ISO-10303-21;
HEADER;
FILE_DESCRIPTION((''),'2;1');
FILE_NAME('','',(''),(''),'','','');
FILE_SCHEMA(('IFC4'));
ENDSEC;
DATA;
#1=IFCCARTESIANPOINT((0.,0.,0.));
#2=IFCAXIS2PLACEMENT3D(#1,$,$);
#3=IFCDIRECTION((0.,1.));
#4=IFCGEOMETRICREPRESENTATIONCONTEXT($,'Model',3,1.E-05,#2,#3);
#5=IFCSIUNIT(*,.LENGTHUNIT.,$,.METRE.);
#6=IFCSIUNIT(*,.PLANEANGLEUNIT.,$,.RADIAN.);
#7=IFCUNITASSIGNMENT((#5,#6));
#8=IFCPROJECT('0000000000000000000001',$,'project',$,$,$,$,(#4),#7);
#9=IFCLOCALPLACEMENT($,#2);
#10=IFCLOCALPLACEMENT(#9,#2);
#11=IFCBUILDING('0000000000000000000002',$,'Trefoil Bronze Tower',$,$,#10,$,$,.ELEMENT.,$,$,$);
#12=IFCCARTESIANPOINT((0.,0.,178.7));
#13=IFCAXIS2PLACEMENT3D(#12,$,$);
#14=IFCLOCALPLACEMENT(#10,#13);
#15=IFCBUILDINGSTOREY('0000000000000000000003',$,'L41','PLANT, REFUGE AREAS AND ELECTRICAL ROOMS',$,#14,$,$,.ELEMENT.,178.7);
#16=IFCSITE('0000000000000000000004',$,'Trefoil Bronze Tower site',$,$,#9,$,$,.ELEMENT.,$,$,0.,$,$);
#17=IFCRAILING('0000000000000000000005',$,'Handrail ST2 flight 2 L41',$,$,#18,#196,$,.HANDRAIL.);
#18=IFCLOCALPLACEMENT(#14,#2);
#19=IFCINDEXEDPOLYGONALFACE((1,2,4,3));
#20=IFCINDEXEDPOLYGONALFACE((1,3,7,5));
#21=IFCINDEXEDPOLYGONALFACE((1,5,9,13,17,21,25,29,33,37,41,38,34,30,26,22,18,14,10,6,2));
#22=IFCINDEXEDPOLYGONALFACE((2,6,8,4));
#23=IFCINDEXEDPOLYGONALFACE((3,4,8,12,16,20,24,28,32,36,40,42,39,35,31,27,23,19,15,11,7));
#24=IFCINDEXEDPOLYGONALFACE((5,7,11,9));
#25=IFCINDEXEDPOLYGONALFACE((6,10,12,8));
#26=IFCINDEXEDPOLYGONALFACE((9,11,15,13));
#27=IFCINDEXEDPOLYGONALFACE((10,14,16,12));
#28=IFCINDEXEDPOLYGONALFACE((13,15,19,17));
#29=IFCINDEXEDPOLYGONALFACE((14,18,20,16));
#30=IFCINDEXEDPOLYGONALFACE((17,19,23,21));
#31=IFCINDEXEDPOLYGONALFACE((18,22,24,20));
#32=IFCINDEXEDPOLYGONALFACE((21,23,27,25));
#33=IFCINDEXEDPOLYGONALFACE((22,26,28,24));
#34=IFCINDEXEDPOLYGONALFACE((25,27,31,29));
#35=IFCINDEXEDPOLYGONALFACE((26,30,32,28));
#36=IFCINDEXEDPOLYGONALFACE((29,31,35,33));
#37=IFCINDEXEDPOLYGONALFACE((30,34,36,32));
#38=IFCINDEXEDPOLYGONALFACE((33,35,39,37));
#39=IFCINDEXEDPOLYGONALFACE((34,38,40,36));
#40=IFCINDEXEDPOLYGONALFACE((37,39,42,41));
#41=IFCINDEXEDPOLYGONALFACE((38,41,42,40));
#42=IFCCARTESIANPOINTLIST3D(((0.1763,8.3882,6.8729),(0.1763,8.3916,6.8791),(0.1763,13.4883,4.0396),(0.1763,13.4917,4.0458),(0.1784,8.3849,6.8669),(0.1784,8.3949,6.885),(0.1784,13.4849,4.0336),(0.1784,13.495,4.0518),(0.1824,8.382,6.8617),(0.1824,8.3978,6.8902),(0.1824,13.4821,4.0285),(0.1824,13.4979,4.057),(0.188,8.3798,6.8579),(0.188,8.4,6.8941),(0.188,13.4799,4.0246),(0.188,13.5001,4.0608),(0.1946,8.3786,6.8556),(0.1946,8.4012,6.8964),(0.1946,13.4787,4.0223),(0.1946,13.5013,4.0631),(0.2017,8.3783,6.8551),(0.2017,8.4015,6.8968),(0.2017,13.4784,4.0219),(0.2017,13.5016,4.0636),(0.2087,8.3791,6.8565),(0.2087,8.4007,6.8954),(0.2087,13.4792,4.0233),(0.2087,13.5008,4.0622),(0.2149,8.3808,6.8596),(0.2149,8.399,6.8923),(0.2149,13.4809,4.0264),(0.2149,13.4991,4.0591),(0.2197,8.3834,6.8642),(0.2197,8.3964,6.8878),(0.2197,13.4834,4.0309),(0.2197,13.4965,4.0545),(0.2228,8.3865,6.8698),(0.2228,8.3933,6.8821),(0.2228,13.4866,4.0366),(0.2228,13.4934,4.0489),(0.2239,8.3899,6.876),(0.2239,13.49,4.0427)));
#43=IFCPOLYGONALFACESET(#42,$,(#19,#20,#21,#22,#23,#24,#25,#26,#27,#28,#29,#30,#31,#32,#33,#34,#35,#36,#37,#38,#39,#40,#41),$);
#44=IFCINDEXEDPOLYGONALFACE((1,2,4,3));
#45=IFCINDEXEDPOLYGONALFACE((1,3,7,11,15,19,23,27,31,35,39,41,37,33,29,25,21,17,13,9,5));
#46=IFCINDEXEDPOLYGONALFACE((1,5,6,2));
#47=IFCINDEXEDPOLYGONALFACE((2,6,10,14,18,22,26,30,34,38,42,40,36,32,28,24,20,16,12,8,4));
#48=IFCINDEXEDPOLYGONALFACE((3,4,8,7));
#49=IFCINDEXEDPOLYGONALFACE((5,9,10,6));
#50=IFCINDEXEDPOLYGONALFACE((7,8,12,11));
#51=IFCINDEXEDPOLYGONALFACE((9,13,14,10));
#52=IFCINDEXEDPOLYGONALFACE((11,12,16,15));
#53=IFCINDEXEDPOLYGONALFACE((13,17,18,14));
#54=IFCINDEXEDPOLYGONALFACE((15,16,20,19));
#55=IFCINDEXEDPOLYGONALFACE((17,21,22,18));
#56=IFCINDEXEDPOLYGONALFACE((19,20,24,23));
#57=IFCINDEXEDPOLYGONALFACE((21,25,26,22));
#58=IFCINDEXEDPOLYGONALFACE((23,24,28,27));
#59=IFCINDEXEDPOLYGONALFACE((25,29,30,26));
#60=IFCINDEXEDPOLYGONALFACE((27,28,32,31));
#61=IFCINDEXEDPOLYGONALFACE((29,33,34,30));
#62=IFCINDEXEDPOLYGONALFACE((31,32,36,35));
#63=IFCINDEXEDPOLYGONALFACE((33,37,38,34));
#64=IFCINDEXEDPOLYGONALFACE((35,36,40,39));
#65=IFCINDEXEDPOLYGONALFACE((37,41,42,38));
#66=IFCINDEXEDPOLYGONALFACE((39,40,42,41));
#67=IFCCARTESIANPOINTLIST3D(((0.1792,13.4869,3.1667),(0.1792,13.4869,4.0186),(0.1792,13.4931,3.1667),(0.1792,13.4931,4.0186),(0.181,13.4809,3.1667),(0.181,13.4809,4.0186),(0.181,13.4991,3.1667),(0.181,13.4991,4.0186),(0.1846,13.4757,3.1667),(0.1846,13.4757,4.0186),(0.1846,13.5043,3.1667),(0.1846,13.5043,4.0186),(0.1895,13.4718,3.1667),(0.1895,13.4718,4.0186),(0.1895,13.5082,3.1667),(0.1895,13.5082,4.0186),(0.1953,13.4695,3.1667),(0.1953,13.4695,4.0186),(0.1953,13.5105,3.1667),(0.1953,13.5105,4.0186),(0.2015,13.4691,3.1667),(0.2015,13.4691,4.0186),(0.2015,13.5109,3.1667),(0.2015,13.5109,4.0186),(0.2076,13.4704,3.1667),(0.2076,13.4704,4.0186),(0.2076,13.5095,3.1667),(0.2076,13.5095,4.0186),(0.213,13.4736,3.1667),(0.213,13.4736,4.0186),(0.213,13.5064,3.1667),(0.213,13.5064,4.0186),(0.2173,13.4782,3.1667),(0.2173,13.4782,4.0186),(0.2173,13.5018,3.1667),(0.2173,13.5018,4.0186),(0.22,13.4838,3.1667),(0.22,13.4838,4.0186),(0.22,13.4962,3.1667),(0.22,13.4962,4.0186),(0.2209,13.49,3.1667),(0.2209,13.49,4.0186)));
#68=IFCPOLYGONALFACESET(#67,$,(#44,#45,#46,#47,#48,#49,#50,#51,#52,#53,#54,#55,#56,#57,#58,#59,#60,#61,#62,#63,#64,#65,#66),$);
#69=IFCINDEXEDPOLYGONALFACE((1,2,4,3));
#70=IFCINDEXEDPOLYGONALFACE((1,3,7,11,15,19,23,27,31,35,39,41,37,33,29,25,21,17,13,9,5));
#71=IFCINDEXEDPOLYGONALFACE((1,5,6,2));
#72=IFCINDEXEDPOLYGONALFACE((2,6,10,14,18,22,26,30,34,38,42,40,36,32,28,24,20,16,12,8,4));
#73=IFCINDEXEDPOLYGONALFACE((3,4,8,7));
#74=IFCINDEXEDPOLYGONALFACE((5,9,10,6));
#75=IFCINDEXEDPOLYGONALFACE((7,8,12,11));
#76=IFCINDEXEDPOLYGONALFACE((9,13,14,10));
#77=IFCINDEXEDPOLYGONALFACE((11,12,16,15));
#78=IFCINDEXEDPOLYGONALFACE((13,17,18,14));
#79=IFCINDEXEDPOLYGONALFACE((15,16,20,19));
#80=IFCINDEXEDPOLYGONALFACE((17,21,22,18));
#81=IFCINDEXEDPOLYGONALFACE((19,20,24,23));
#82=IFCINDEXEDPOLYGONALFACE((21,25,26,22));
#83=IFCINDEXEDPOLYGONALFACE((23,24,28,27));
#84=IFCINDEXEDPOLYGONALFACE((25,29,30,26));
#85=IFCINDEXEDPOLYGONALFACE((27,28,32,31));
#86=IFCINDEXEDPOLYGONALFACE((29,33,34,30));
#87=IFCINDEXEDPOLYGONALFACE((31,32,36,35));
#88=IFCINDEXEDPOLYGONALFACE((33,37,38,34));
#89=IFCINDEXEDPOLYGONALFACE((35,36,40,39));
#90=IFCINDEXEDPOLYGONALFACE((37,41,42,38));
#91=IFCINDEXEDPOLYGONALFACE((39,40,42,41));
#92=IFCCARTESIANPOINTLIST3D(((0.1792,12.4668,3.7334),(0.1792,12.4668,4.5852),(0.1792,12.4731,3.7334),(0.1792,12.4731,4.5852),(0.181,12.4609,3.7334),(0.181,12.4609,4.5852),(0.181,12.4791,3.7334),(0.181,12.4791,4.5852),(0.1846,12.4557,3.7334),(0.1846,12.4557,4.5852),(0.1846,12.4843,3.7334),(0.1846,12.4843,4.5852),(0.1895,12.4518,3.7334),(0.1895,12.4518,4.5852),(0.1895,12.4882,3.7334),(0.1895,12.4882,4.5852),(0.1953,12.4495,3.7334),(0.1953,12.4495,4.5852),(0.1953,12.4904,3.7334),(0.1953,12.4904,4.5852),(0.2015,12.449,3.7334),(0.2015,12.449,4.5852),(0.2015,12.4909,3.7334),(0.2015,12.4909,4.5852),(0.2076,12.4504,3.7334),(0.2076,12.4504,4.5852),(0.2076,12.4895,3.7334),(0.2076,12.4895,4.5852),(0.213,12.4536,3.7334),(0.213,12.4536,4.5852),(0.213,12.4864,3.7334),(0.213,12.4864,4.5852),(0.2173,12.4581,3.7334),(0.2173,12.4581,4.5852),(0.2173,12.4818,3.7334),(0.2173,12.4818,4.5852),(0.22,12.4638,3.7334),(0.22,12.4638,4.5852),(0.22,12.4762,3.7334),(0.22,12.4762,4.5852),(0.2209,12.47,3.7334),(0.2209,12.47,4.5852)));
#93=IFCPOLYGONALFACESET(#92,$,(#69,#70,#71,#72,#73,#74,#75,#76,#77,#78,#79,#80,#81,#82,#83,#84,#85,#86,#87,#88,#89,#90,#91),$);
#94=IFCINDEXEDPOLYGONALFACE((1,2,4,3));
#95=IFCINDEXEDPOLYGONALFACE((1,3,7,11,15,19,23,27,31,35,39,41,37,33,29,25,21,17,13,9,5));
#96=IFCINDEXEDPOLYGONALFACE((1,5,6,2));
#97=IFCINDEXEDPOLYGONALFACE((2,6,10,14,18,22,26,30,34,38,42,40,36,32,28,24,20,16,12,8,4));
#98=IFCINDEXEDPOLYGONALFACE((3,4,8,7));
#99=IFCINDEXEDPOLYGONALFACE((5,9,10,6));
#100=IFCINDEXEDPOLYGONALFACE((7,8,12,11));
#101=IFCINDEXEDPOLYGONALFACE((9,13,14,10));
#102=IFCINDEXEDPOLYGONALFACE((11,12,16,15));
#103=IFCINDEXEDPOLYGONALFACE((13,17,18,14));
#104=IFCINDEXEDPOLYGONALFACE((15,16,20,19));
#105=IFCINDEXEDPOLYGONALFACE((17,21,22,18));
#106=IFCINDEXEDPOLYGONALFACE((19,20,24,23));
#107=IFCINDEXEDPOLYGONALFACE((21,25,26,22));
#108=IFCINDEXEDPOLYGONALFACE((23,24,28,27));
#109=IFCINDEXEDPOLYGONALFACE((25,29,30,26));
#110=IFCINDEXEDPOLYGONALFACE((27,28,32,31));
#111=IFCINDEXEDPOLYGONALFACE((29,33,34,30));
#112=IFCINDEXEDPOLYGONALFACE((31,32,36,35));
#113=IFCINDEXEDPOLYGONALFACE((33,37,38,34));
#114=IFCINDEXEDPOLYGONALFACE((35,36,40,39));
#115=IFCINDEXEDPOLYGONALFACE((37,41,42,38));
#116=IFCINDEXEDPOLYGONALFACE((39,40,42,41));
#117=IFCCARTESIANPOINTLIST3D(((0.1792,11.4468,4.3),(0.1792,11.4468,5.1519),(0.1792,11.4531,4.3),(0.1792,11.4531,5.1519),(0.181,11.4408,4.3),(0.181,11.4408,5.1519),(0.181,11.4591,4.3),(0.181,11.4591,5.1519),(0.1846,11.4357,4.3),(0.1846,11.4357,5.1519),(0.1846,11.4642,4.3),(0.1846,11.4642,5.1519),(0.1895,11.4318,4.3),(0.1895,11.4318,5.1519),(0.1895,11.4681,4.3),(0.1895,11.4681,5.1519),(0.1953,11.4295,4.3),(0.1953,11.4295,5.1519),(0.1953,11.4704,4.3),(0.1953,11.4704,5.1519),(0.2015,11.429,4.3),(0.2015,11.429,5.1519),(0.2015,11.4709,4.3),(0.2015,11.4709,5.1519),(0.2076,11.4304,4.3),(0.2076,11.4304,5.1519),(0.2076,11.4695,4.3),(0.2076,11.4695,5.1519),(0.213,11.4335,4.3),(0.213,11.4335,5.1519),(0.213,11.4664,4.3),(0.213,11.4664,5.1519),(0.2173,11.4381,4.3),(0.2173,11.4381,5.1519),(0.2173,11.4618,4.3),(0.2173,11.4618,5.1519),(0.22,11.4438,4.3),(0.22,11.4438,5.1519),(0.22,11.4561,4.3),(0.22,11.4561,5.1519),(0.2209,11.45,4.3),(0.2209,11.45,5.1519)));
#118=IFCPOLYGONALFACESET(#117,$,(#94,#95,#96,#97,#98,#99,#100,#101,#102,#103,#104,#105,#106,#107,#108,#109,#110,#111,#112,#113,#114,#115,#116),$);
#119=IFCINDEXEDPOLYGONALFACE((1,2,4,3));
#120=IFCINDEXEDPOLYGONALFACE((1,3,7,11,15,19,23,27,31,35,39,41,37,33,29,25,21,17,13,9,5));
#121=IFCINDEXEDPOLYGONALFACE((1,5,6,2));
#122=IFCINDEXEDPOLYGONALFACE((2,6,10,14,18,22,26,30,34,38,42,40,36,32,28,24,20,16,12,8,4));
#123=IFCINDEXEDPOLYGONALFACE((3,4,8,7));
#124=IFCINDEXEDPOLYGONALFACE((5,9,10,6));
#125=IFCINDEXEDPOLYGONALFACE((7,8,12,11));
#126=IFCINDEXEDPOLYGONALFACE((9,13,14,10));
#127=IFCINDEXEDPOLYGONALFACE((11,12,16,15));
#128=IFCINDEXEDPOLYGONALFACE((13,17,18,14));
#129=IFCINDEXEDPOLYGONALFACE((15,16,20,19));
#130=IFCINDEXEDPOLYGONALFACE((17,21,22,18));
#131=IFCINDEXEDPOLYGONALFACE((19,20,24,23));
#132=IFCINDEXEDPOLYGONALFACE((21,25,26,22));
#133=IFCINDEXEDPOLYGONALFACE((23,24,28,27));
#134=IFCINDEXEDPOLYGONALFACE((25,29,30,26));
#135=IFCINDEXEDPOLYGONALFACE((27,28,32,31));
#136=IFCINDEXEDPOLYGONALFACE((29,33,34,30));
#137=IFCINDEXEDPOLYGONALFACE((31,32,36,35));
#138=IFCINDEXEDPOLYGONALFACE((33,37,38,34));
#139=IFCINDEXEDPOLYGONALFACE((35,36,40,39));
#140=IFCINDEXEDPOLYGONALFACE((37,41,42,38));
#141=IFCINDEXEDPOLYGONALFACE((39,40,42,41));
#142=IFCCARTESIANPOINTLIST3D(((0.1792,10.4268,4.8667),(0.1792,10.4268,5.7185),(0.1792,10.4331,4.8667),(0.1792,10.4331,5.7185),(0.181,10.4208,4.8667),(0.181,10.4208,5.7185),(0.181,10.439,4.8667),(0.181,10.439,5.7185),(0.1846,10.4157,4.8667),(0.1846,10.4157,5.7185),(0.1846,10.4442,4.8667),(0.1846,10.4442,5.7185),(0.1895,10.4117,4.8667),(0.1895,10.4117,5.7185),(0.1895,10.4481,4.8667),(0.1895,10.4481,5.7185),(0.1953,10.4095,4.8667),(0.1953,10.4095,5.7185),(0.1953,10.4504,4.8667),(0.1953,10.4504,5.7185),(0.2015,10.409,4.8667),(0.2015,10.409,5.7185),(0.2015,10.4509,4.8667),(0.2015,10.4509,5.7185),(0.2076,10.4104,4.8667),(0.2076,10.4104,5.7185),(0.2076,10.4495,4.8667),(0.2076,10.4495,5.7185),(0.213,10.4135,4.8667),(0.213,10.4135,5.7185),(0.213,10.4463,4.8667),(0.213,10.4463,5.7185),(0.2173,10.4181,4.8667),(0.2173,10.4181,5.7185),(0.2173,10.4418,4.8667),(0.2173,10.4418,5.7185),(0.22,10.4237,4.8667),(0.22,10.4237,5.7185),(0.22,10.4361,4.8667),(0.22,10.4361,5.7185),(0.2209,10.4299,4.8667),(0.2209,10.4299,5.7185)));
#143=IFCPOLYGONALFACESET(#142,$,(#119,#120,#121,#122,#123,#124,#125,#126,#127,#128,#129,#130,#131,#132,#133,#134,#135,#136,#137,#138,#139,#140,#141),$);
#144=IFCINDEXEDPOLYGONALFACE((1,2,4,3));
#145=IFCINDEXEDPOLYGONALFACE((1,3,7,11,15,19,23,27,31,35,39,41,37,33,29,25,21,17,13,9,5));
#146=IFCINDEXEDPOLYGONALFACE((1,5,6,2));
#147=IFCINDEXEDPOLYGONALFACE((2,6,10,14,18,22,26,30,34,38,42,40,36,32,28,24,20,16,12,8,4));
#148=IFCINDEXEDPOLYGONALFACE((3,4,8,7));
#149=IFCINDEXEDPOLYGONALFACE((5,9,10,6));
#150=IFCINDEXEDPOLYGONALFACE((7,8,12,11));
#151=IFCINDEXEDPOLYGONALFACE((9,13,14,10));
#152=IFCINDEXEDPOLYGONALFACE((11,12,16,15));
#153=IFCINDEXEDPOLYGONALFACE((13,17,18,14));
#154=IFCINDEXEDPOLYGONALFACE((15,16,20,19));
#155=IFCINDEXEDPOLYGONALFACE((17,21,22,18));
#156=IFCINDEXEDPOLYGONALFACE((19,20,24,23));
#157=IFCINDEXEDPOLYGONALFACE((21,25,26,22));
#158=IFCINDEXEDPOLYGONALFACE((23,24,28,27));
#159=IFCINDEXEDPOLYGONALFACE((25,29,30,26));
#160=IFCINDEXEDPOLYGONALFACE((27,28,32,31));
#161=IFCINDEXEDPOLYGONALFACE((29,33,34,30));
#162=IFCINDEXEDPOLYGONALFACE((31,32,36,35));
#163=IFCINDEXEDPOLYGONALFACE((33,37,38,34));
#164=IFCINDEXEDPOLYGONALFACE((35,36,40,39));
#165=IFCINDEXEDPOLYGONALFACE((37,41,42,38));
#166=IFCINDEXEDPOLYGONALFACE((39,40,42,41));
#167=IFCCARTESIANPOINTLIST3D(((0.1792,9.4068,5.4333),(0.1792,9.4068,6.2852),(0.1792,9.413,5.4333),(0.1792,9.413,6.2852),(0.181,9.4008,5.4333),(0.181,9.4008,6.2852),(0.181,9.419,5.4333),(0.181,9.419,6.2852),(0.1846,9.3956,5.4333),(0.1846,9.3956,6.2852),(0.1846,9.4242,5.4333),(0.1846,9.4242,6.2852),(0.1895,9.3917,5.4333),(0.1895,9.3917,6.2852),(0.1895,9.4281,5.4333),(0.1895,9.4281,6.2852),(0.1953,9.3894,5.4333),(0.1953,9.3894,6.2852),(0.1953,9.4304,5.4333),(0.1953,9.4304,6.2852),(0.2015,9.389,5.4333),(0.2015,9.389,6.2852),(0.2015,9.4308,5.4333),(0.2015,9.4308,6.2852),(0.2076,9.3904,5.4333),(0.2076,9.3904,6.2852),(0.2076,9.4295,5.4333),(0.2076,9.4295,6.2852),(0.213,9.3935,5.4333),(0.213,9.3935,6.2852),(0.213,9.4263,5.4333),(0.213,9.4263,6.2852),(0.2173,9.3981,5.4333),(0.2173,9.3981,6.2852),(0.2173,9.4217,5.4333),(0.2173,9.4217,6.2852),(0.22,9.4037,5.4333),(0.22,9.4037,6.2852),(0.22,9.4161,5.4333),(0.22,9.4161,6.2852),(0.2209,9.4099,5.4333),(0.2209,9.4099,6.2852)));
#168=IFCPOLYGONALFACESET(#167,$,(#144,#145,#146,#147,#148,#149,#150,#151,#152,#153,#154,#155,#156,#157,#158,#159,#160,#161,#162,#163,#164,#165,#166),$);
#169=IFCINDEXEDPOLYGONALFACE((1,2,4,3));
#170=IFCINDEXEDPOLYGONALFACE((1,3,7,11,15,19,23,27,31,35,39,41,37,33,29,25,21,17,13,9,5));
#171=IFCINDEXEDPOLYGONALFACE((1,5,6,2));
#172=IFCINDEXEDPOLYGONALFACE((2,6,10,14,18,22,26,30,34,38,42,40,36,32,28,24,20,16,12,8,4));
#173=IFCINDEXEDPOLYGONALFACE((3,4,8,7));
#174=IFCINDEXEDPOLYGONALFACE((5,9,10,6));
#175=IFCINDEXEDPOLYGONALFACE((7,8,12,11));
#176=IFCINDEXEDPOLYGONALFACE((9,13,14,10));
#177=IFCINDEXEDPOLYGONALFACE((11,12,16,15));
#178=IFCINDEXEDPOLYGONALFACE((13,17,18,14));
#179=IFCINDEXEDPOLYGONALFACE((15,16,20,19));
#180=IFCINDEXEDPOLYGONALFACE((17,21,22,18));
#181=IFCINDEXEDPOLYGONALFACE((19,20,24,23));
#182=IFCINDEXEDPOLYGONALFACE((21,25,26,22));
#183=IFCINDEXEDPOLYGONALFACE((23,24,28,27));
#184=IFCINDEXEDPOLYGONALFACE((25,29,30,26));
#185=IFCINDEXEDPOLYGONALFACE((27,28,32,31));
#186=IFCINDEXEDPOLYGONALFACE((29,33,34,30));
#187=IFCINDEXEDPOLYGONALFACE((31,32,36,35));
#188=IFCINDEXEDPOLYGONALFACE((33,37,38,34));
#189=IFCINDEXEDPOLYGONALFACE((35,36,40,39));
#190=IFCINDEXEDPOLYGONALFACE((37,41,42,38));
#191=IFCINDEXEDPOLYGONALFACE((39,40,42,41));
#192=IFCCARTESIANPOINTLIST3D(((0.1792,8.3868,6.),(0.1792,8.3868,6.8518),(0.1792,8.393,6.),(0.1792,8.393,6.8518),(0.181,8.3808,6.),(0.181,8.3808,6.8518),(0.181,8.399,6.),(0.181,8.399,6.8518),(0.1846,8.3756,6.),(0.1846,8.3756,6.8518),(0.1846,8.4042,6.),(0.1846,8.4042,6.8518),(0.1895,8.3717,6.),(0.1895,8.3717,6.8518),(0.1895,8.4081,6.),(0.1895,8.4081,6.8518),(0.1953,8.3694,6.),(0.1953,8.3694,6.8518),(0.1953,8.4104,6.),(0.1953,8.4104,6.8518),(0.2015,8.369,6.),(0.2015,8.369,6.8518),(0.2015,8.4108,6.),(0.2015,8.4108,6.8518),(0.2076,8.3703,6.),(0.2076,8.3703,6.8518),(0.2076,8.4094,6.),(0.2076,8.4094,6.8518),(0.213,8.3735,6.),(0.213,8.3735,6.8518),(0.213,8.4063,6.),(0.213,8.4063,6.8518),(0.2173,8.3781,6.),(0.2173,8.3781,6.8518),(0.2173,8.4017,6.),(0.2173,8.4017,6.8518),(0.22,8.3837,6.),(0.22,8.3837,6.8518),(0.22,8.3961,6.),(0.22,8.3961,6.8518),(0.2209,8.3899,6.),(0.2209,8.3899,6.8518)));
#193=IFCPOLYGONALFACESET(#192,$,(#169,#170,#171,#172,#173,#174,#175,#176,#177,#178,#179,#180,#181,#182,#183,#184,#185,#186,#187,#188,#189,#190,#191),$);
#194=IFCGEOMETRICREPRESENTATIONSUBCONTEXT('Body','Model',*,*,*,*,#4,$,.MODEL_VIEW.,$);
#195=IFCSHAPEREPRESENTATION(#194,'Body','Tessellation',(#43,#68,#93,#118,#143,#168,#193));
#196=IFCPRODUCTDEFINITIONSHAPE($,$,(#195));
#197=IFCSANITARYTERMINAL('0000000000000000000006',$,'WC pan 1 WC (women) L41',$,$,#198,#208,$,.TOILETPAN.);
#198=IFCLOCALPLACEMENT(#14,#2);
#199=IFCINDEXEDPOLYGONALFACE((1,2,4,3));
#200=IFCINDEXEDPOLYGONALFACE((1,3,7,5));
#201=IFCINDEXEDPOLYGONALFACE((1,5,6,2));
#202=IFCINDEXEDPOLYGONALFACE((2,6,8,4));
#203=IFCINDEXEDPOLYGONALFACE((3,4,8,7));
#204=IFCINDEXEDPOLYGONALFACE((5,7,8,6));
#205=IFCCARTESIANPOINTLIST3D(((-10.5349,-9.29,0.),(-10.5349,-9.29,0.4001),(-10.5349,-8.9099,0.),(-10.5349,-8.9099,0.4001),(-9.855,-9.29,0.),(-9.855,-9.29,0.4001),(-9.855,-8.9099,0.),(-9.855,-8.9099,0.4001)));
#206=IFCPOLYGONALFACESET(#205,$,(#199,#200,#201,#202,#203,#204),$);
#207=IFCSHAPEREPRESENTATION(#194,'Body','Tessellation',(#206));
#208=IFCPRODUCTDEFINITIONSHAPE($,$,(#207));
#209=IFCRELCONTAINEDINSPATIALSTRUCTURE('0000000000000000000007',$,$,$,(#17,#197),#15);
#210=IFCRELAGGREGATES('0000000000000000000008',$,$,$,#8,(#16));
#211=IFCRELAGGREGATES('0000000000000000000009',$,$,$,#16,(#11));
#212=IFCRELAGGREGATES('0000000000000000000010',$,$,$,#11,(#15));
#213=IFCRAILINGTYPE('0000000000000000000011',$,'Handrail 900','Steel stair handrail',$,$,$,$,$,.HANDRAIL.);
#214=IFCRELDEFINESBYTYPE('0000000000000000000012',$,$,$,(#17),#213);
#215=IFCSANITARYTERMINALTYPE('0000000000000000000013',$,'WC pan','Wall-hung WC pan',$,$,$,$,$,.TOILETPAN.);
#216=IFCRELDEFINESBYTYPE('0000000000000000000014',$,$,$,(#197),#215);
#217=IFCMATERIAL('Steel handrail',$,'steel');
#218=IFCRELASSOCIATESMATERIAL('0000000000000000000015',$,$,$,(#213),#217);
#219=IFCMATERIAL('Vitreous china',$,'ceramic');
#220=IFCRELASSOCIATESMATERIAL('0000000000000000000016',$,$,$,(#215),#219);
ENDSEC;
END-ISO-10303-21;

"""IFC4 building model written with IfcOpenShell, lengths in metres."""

from ifc_helpers import new_model, si_unit, direction, frame, origin, origin_2d, place, context, subcontext, project, spatial, polyline, circle, outline, extrude, material, type_object, element, save


model = new_model("IFC4")

# Units and contexts
model_context = context("Model", 3, precision=1e-05, world=origin(), true_north=direction((0.0, 1.0)))
body_context = subcontext(model_context, "Body", "Model", "MODEL_VIEW")
ifc_project = project(units=[si_unit("LENGTHUNIT", "METRE"), si_unit("PLANEANGLEUNIT", "RADIAN")], contexts=[model_context])

# Site, building, storey
site_placement = place(None, origin())
site = spatial("IfcSite", under=ifc_project, at=site_placement, Name="Trefoil Bronze Tower site", CompositionType="ELEMENT", RefElevation=0.0)
building_placement = place(site_placement, origin())
building = spatial("IfcBuilding", under=site, at=building_placement, Name="Trefoil Bronze Tower", CompositionType="ELEMENT")
storey_placement = place(building_placement, frame((0.0, 0.0, 178.7)))
storey = spatial("IfcBuildingStorey", under=building, at=storey_placement, Name="L41", Description="PLANT, REFUGE AREAS AND ELECTRICAL ROOMS", CompositionType="ELEMENT", Elevation=178.7)

# Railing
ifc_material_1 = material(Name="Steel handrail", Category="steel")
railing_type = type_object("IfcRailingType", Name="Handrail 900", Description="Steel stair handrail", PredefinedType="HANDRAIL", material=ifc_material_1)
railing_placement = place(storey_placement, frame((0.2, 13.49, 3.1667)))
element("IfcRailing", 1, at=railing_placement, inside=storey, type_object=railing_type, Name="Handrail ST2 flight 2 L41", PredefinedType="HANDRAIL", context=body_context, shape_type="SweptSolid", body=[
    extrude(circle(Radius=0.0239, at=origin_2d()), frame((0.0, 0.0, 0.876), z_axis=(0.0, -0.874167, 0.485625), x_axis=(1.0, 0.0, 0.0)), (0.0, 0.0, 1.0), 5.8342),
    extrude(circle(Radius=0.021, at=origin_2d()), origin(), (0.0, 0.0, 1.0), 0.8518),
    extrude(circle(Radius=0.021, at=origin_2d()), frame((0.0, -1.02, 0.5667)), (0.0, 0.0, 1.0), 0.8518),
    extrude(circle(Radius=0.021, at=origin_2d()), frame((0.0, -2.04, 1.1333)), (0.0, 0.0, 1.0), 0.8518),
    extrude(circle(Radius=0.021, at=origin_2d()), frame((0.0, -3.0601, 1.7)), (0.0, 0.0, 1.0), 0.8518),
    extrude(circle(Radius=0.021, at=origin_2d()), frame((0.0, -4.0801, 2.2666)), (0.0, 0.0, 1.0), 0.8518),
    extrude(circle(Radius=0.021, at=origin_2d()), frame((0.0, -5.1001, 2.8333)), (0.0, 0.0, 1.0), 0.8518),
])

# Sanitary terminal
ifc_material_2 = material(Name="Vitreous china", Category="ceramic")
sanitary_terminal_type = type_object("IfcSanitaryTerminalType", Name="WC pan", Description="Wall-hung WC pan", PredefinedType="TOILETPAN", material=ifc_material_2)
sanitary_terminal_1_placement = place(storey_placement, origin())
element("IfcSanitaryTerminal", 2, at=sanitary_terminal_1_placement, inside=storey, type_object=sanitary_terminal_type, Name="WC pan 1 WC (women) L41", PredefinedType="TOILETPAN", context=body_context, shape_type="SweptSolid", body=[
    extrude(outline(polyline([(-9.855, -8.9099), (-10.5349, -8.9099), (-10.5349, -9.29), (-9.855, -9.29), (-9.855, -8.9099)])), origin(), (0.0, 0.0, 1.0), 0.4001),
])

save(model, "model.ifc")
